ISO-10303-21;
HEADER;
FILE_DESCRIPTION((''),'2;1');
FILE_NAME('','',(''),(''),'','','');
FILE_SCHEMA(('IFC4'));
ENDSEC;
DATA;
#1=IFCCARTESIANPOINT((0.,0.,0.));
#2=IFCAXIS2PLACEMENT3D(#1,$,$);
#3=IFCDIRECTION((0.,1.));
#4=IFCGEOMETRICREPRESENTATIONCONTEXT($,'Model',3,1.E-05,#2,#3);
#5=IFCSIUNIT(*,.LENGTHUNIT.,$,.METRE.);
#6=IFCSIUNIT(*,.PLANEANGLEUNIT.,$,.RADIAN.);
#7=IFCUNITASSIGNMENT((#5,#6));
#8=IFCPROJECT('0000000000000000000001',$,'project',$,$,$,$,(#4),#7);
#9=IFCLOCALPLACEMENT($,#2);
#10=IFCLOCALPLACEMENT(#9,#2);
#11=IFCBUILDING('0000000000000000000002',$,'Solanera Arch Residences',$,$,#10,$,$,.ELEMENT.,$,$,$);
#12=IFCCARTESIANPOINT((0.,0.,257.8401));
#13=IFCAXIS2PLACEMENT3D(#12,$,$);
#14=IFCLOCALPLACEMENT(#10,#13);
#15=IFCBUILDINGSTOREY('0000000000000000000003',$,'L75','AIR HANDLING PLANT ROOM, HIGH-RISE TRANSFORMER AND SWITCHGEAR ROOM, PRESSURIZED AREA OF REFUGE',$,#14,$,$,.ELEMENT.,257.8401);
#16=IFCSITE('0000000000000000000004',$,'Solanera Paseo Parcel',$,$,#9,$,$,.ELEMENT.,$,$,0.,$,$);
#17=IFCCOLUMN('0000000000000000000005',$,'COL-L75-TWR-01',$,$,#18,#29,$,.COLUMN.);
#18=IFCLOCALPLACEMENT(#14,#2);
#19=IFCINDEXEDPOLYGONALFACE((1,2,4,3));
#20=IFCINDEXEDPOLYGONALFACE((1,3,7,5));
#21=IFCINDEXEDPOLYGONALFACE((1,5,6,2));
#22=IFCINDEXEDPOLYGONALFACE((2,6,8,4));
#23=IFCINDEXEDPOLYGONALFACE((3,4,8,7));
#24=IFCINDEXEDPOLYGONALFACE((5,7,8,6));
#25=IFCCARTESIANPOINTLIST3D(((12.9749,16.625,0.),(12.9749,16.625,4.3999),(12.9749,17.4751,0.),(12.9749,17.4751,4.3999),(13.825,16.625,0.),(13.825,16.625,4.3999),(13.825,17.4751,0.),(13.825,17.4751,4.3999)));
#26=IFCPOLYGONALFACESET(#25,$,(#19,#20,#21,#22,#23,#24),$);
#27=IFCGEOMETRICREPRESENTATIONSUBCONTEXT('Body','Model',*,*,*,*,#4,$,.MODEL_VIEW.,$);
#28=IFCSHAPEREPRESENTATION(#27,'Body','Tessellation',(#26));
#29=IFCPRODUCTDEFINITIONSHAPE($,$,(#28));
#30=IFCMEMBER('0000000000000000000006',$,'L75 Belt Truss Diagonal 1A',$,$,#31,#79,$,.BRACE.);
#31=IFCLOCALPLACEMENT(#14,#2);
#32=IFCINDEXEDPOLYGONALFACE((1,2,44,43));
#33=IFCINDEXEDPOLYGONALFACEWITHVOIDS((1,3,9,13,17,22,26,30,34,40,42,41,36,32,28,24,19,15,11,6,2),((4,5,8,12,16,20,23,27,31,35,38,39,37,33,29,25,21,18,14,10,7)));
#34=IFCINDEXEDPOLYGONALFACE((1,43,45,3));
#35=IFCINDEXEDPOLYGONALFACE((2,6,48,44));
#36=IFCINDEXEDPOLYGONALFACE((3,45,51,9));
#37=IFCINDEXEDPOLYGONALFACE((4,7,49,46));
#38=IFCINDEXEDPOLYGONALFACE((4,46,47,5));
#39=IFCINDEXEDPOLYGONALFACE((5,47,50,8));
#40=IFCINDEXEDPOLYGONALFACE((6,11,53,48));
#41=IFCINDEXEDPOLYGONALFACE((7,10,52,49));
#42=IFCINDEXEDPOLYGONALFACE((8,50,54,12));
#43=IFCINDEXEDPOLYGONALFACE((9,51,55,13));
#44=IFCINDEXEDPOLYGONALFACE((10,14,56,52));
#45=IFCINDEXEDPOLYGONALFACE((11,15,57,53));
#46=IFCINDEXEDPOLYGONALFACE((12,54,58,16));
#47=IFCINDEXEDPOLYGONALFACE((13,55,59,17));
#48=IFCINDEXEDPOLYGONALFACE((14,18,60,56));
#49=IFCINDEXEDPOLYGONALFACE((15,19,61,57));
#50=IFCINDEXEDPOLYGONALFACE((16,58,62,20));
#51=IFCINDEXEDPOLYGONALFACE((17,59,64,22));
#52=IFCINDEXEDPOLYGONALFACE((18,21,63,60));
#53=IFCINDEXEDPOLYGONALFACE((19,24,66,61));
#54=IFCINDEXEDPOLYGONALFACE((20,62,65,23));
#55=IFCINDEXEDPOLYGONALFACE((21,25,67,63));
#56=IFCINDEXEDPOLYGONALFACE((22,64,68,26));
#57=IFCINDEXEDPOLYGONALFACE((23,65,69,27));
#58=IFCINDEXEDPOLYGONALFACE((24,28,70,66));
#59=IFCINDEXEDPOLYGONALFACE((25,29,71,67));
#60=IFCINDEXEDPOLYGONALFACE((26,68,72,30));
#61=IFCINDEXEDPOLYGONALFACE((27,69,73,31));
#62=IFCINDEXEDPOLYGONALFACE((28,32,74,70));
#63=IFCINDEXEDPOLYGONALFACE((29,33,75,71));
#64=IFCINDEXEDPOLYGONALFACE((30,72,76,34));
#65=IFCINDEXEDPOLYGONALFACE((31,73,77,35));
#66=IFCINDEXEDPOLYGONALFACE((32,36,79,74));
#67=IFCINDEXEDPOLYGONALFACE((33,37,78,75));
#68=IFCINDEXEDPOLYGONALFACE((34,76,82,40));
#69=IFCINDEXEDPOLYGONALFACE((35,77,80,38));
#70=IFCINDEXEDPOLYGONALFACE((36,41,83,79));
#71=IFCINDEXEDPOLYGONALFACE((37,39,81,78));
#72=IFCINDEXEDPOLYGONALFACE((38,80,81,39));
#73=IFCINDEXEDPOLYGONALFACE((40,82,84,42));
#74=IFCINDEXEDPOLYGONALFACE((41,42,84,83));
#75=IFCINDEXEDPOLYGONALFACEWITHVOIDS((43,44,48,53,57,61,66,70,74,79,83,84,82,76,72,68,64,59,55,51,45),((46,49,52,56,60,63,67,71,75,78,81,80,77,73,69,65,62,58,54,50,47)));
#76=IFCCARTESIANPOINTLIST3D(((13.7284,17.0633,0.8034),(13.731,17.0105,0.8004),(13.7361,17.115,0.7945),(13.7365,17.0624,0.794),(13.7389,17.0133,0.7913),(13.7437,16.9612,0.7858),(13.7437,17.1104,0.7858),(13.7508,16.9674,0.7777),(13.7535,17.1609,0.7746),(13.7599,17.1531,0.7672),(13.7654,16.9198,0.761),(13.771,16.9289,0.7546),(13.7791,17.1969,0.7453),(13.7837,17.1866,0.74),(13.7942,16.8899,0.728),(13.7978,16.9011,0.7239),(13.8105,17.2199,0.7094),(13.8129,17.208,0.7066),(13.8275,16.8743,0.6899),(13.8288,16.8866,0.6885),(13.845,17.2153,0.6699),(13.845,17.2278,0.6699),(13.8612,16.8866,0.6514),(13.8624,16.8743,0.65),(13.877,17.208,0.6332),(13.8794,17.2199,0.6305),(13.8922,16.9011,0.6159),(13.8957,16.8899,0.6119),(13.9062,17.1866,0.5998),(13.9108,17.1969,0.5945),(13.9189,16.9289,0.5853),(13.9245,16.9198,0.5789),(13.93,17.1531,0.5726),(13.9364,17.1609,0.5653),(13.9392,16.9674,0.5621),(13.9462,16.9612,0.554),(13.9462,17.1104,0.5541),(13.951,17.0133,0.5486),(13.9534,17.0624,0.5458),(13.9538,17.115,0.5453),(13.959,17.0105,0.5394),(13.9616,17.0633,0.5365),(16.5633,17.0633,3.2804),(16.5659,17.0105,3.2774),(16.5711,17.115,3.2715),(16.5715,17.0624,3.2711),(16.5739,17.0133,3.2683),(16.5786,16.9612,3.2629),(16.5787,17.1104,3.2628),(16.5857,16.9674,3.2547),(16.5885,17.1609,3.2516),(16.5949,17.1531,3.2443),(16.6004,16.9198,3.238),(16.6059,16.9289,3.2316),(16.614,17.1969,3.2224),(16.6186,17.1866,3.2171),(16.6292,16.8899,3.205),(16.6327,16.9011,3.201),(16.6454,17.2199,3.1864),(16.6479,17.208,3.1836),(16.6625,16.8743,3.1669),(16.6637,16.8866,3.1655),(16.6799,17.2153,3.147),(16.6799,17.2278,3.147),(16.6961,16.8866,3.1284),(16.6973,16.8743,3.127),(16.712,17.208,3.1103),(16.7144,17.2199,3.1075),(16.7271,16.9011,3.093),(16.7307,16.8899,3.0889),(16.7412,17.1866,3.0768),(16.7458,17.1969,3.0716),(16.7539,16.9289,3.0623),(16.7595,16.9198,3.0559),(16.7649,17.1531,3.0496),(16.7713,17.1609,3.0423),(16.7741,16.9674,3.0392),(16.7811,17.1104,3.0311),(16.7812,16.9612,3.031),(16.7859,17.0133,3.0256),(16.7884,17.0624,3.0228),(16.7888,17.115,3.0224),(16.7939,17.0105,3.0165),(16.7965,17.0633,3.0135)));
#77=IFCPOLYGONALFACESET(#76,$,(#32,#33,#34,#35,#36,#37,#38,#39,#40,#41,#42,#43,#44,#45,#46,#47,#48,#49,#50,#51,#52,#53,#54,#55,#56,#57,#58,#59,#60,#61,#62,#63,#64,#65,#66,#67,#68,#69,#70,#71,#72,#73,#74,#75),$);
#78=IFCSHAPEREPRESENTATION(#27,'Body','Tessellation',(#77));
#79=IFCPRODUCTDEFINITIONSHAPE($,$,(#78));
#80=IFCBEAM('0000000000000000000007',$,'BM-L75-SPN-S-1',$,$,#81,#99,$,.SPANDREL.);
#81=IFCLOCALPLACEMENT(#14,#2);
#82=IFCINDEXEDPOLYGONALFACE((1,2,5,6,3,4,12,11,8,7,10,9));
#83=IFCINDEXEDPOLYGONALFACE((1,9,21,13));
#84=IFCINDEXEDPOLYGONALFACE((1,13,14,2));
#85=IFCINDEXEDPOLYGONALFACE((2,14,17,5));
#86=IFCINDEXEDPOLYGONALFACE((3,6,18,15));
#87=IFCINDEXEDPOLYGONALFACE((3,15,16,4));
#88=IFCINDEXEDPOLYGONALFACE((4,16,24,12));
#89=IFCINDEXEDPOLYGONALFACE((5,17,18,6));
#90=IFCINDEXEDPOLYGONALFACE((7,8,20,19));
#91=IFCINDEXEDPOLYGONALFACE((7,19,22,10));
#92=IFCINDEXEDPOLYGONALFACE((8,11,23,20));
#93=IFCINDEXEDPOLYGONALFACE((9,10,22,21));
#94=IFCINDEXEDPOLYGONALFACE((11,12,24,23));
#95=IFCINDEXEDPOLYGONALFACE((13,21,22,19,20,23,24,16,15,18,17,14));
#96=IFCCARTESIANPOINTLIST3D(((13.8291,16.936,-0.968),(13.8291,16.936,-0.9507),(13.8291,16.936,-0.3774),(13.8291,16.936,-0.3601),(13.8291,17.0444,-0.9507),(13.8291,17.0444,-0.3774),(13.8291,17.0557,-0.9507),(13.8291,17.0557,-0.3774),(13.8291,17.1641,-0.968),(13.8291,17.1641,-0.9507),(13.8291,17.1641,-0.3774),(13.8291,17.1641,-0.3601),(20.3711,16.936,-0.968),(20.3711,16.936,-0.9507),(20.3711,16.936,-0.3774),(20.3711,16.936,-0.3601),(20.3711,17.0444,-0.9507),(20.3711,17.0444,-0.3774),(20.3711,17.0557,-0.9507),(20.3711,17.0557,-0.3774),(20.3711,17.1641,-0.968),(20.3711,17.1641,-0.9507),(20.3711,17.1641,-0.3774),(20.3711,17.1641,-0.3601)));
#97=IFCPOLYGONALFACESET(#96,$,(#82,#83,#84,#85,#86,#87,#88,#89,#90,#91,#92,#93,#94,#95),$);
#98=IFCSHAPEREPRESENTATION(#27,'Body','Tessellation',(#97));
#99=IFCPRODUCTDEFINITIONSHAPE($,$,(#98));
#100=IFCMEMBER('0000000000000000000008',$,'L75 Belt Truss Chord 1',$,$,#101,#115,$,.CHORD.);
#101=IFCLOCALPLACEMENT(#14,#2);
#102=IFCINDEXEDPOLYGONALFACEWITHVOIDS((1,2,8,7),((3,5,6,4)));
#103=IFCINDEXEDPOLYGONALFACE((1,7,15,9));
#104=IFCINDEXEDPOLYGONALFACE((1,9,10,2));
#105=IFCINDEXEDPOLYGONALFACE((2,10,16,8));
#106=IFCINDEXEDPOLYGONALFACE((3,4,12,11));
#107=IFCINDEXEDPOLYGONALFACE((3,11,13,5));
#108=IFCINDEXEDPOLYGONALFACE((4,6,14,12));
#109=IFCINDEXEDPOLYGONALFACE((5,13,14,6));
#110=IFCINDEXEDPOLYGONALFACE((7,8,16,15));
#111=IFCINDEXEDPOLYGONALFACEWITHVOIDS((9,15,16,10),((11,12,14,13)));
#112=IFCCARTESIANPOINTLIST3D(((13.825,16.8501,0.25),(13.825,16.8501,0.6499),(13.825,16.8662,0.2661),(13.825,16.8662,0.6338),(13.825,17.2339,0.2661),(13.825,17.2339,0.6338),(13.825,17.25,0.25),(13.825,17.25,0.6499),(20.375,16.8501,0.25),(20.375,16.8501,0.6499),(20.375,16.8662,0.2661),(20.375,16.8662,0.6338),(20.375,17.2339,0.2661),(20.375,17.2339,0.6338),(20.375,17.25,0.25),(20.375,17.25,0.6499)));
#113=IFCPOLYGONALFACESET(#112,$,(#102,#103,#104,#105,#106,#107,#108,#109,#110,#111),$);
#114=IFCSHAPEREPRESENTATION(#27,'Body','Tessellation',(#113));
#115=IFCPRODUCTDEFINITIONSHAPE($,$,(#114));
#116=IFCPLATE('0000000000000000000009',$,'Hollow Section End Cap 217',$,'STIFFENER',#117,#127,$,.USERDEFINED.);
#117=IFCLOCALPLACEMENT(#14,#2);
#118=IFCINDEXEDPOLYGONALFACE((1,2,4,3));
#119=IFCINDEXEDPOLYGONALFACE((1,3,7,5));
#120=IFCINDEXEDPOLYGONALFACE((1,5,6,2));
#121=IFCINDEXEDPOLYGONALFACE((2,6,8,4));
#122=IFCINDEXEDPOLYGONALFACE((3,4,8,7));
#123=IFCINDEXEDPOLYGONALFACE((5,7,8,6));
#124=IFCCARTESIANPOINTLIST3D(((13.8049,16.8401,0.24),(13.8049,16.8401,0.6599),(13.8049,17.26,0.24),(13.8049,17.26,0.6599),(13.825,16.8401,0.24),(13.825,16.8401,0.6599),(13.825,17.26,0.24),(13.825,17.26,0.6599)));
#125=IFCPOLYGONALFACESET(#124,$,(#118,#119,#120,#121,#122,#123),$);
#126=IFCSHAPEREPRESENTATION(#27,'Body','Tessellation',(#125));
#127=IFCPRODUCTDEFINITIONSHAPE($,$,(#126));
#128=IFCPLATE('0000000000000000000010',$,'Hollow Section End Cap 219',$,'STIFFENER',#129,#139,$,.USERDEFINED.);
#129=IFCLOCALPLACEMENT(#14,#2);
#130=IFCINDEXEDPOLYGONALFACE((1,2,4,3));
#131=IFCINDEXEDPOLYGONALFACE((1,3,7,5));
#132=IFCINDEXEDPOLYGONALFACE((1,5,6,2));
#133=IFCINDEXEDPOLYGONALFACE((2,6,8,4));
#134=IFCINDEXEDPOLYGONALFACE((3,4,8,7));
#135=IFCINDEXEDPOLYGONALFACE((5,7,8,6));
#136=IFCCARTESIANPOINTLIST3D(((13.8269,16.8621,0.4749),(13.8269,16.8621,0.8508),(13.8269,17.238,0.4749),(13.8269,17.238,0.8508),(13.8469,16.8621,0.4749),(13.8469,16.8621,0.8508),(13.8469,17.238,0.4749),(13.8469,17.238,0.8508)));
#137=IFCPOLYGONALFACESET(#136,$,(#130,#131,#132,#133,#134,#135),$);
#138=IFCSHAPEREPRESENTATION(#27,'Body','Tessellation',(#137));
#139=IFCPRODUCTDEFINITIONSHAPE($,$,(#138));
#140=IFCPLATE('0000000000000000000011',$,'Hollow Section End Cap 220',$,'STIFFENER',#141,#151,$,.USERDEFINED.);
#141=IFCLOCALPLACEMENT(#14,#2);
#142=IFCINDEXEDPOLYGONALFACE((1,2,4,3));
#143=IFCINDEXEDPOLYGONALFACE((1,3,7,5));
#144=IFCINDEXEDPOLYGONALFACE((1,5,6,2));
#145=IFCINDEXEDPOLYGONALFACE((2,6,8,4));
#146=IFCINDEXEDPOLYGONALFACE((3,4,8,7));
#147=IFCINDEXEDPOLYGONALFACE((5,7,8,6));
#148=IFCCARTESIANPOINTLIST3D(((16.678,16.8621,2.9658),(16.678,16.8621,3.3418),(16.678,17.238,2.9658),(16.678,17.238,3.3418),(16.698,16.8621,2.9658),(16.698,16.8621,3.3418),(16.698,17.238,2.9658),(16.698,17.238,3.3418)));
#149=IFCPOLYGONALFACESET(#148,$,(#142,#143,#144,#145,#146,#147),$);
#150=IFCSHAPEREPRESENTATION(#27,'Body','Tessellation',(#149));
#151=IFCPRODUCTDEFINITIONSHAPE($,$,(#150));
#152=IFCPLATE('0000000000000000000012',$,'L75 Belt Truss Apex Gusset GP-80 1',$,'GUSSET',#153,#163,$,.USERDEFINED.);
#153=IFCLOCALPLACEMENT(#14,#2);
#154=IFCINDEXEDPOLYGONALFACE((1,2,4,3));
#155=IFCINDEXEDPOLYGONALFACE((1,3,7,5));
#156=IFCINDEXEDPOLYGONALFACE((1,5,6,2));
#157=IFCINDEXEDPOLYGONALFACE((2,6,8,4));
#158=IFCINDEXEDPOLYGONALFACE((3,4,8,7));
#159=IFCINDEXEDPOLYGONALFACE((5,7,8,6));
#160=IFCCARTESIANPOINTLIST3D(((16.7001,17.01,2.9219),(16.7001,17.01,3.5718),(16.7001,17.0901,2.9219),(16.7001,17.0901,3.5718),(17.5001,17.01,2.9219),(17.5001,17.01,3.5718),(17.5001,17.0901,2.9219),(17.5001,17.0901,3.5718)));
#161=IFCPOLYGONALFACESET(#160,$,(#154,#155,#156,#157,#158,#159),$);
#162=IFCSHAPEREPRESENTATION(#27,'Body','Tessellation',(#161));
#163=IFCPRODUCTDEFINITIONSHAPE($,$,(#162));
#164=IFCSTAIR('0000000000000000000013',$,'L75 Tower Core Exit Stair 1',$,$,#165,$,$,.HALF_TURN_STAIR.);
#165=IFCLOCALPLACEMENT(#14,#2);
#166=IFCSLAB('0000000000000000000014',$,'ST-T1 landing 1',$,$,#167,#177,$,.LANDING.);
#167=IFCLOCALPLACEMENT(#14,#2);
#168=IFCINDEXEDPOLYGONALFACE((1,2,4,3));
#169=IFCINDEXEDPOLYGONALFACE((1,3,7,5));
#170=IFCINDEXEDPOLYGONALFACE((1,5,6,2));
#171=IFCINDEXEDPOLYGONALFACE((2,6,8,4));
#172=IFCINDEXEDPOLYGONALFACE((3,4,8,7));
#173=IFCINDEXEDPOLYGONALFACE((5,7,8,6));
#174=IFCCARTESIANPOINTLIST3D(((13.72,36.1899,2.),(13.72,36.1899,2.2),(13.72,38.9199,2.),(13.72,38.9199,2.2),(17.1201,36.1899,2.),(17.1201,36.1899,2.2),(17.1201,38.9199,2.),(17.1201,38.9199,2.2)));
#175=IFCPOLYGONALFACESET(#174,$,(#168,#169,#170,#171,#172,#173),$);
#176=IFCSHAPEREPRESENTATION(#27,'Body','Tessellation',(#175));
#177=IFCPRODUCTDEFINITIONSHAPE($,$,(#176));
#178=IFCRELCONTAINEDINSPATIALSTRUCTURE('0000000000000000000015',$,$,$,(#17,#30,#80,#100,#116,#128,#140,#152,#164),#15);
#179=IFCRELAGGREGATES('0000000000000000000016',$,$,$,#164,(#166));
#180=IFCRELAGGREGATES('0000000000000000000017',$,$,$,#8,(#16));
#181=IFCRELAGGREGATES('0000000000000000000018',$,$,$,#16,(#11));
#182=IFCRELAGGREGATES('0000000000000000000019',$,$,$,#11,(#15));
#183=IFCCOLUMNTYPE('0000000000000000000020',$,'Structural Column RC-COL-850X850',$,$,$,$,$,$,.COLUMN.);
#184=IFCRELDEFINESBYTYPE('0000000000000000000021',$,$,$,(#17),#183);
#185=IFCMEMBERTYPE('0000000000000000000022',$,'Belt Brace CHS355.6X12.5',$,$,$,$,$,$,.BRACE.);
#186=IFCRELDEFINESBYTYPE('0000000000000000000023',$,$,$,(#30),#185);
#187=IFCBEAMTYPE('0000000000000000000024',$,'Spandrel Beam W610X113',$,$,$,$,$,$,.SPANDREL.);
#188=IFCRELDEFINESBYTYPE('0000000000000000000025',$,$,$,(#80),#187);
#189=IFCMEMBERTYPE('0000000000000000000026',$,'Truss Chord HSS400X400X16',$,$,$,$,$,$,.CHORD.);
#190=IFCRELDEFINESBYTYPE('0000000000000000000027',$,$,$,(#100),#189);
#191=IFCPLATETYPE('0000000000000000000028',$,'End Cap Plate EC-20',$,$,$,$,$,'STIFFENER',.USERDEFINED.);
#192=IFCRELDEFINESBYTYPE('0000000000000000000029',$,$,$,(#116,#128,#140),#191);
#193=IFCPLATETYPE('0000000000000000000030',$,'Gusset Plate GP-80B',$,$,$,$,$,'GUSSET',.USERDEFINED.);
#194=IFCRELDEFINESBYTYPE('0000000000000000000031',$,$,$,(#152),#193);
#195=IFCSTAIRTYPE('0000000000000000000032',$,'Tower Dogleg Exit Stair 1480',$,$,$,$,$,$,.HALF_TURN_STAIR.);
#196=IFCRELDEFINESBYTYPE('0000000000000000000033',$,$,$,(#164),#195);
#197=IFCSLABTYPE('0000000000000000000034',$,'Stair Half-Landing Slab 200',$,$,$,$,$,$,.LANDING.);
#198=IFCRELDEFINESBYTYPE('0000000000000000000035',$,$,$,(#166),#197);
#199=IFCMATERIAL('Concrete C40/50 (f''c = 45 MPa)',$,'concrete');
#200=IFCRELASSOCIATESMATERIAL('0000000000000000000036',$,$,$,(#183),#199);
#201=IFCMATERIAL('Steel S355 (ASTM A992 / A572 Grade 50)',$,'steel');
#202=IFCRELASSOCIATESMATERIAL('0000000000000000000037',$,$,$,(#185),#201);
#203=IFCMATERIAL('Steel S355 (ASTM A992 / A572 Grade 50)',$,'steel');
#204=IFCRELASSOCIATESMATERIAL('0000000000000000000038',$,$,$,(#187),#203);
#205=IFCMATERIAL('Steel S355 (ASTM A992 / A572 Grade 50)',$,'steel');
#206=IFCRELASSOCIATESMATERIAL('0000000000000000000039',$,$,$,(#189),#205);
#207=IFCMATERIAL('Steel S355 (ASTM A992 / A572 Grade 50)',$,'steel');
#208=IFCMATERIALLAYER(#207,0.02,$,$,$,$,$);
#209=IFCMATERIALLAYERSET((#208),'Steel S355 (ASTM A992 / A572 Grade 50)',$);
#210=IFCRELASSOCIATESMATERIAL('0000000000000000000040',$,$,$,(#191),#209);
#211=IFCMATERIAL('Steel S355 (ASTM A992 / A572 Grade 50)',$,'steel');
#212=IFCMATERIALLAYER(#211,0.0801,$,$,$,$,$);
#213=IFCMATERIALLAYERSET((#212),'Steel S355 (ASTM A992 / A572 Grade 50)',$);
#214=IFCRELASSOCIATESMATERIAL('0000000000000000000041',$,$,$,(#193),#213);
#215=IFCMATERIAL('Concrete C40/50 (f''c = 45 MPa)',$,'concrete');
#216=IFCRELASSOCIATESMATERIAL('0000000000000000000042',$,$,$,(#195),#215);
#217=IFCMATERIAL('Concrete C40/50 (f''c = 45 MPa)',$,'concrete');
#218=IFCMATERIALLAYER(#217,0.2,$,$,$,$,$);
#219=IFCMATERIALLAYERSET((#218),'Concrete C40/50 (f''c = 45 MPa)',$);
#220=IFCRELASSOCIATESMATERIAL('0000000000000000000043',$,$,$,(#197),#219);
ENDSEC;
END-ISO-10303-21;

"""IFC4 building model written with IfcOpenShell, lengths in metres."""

from ifc_helpers import new_model, si_unit, direction, frame, origin, origin_2d, place, context, subcontext, project, spatial, polyline, rectangle, hollow_rectangle, hollow_circle, i_section, outline, extrude, material, layer, layer_set, material_profile, profile_set, type_object, element, aggregate, save


model = new_model("IFC4")

# Units and contexts
model_context = context("Model", 3, precision=1e-05, world=origin(), true_north=direction((0.0, 1.0)))
body_context = subcontext(model_context, "Body", "Model", "MODEL_VIEW")
ifc_project = project(units=[si_unit("LENGTHUNIT", "METRE"), si_unit("PLANEANGLEUNIT", "RADIAN")], contexts=[model_context])

# Site, building, storey
site_placement = place(None, origin())
site = spatial("IfcSite", under=ifc_project, at=site_placement, Name="Solanera Paseo Parcel", CompositionType="ELEMENT", RefElevation=0.0)
building_placement = place(site_placement, origin())
building = spatial("IfcBuilding", under=site, at=building_placement, Name="Solanera Arch Residences", CompositionType="ELEMENT")
storey_placement = place(building_placement, frame((0.0, 0.0, 257.8401)))
storey = spatial("IfcBuildingStorey", under=building, at=storey_placement, Name="L75", Description="AIR HANDLING PLANT ROOM, HIGH-RISE TRANSFORMER AND SWITCHGEAR ROOM, PRESSURIZED AREA OF REFUGE", CompositionType="ELEMENT", Elevation=257.8401)

# Column
ifc_material_1 = material(Name="Concrete C40/50 (f'c = 45 MPa)", Category="concrete")
ifc_material_profile_1 = material_profile(ifc_material_1, rectangle(XDim=0.8501, YDim=0.8501, at=origin_2d()))
ifc_profile_set_1 = profile_set([ifc_material_profile_1], Name="Concrete C40/50 (f'c = 45 MPa)")
column_type = type_object("IfcColumnType", Name="Structural Column RC-COL-850X850", PredefinedType="COLUMN", material=ifc_profile_set_1)
column_placement = place(storey_placement, frame((13.3999, 17.05, 0.0), z_axis=(0.0, 0.0, 1.0), x_axis=(1.0, 0.0, 0.0)))
element("IfcColumn", 1, at=column_placement, inside=storey, type_object=column_type, Name="COL-L75-TWR-01", PredefinedType="COLUMN", context=body_context, shape_type="SweptSolid", body=[
    extrude(rectangle(XDim=0.8501, YDim=0.8501, at=origin_2d()), origin(), (0.0, 0.0, 1.0), 4.3999),
])

# Member
ifc_material_2 = material(Name="Steel S355 (ASTM A992 / A572 Grade 50)", Category="steel")
ifc_material_profile_2 = material_profile(ifc_material_2, hollow_circle(Radius=0.1777, WallThickness=0.0125, at=origin_2d()))
ifc_profile_set_2 = profile_set([ifc_material_profile_2], Name="Steel S355 (ASTM A992 / A572 Grade 50)")
member_type_1 = type_object("IfcMemberType", Name="Belt Brace CHS355.6X12.5", PredefinedType="BRACE", material=ifc_profile_set_2)
member_1_placement = place(storey_placement, frame((13.845, 17.05, 0.6699), z_axis=(0.753043, 0.0, 0.657972), x_axis=(0.0, 1.0, 0.0)))
element("IfcMember", 2, at=member_1_placement, inside=storey, type_object=member_type_1, Name="L75 Belt Truss Diagonal 1A", PredefinedType="BRACE", context=body_context, shape_type="SweptSolid", body=[
    extrude(hollow_circle(Radius=0.1777, WallThickness=0.0125, at=origin_2d()), origin(), (0.0, 0.0, 1.0), 3.7646),
])

# Beam
ifc_material_3 = material(Name="Steel S355 (ASTM A992 / A572 Grade 50)", Category="steel")
ifc_material_profile_3 = material_profile(ifc_material_3, i_section(OverallWidth=0.228, OverallDepth=0.6079, WebThickness=0.0112, FlangeThickness=0.0173, at=origin_2d()))
ifc_profile_set_3 = profile_set([ifc_material_profile_3], Name="Steel S355 (ASTM A992 / A572 Grade 50)")
beam_type = type_object("IfcBeamType", Name="Spandrel Beam W610X113", PredefinedType="SPANDREL", material=ifc_profile_set_3)
beam_placement = place(storey_placement, frame((13.8291, 17.05, -0.6641), z_axis=(1.0, 0.0, 0.0), x_axis=(0.0, 1.0, 0.0)))
element("IfcBeam", 3, at=beam_placement, inside=storey, type_object=beam_type, Name="BM-L75-SPN-S-1", PredefinedType="SPANDREL", context=body_context, shape_type="SweptSolid", body=[
    extrude(i_section(OverallWidth=0.228, OverallDepth=0.6079, WebThickness=0.0112, FlangeThickness=0.0173, at=origin_2d()), origin(), (0.0, 0.0, 1.0), 6.542),
])

# Member
ifc_material_4 = material(Name="Steel S355 (ASTM A992 / A572 Grade 50)", Category="steel")
ifc_material_profile_4 = material_profile(ifc_material_4, hollow_rectangle(XDim=0.3999, YDim=0.3999, WallThickness=0.0161, at=origin_2d()))
ifc_profile_set_4 = profile_set([ifc_material_profile_4], Name="Steel S355 (ASTM A992 / A572 Grade 50)")
member_type_2 = type_object("IfcMemberType", Name="Truss Chord HSS400X400X16", PredefinedType="CHORD", material=ifc_profile_set_4)
member_2_placement = place(storey_placement, frame((13.825, 17.05, 0.45), z_axis=(1.0, 0.0, 0.0), x_axis=(0.0, 1.0, 0.0)))
element("IfcMember", 4, at=member_2_placement, inside=storey, type_object=member_type_2, Name="L75 Belt Truss Chord 1", PredefinedType="CHORD", context=body_context, shape_type="SweptSolid", body=[
    extrude(hollow_rectangle(XDim=0.3999, YDim=0.3999, WallThickness=0.0161, at=origin_2d()), origin(), (0.0, 0.0, 1.0), 6.55),
])

# Plates
ifc_material_5 = material(Name="Steel S355 (ASTM A992 / A572 Grade 50)", Category="steel")
ifc_layer_1 = layer(ifc_material_5, 0.02)
ifc_layer_set_1 = layer_set([ifc_layer_1], Name="Steel S355 (ASTM A992 / A572 Grade 50)")
plate_type_1 = type_object("IfcPlateType", Name="End Cap Plate EC-20", ElementType="STIFFENER", PredefinedType="USERDEFINED", material=ifc_layer_set_1)
plate_1_placement = place(storey_placement, frame((13.8149, 17.05, 0.24), z_axis=(0.0, 0.0, 1.0), x_axis=(-1.0, 0.0, 0.0)))
element("IfcPlate", 5, at=plate_1_placement, inside=storey, type_object=plate_type_1, Name="Hollow Section End Cap 217", ObjectType="STIFFENER", PredefinedType="USERDEFINED", context=body_context, shape_type="SweptSolid", body=[
    extrude(rectangle(XDim=0.02, YDim=0.4199, at=origin_2d()), origin(), (0.0, 0.0, 1.0), 0.4199),
])
for number, where, z_axis, x_axis, name in (
    (6, (13.8369, 17.05, 0.4749), (0.0, 0.0, 1.0), (-1.0, 0.0, 0.0), "Hollow Section End Cap 219"),
    (7, (16.688, 17.05, 2.9658), (0.0, 0.0, 1.0), (1.0, 0.0, 0.0), "Hollow Section End Cap 220"),
):
    element("IfcPlate", number, at=place(storey_placement, frame(where, z_axis=z_axis, x_axis=x_axis)), inside=storey, type_object=plate_type_1, Name=name, ObjectType="STIFFENER", PredefinedType="USERDEFINED", context=body_context, shape_type="SweptSolid", body=[
        extrude(rectangle(XDim=0.02, YDim=0.376, at=origin_2d()), origin(), (0.0, 0.0, 1.0), 0.376),
    ])
ifc_material_6 = material(Name="Steel S355 (ASTM A992 / A572 Grade 50)", Category="steel")
ifc_layer_2 = layer(ifc_material_6, 0.0801)
ifc_layer_set_2 = layer_set([ifc_layer_2], Name="Steel S355 (ASTM A992 / A572 Grade 50)")
plate_type_2 = type_object("IfcPlateType", Name="Gusset Plate GP-80B", ElementType="GUSSET", PredefinedType="USERDEFINED", material=ifc_layer_set_2)
plate_2_placement = place(storey_placement, frame((17.1001, 17.05, 2.9219), z_axis=(0.0, 0.0, 1.0), x_axis=(1.0, 0.0, 0.0)))
element("IfcPlate", 8, at=plate_2_placement, inside=storey, type_object=plate_type_2, Name="L75 Belt Truss Apex Gusset GP-80 1", ObjectType="GUSSET", PredefinedType="USERDEFINED", context=body_context, shape_type="SweptSolid", body=[
    extrude(rectangle(XDim=0.8, YDim=0.0801, at=origin_2d()), origin(), (0.0, 0.0, 1.0), 0.6499),
])

# Stair, slab
ifc_material_7 = material(Name="Concrete C40/50 (f'c = 45 MPa)", Category="concrete")
stair_type = type_object("IfcStairType", Name="Tower Dogleg Exit Stair 1480", PredefinedType="HALF_TURN_STAIR", material=ifc_material_7)
stair_1_placement = place(storey_placement, origin())
stair_1 = element("IfcStair", 9, at=stair_1_placement, inside=storey, type_object=stair_type, Name="L75 Tower Core Exit Stair 1", PredefinedType="HALF_TURN_STAIR")
ifc_material_8 = material(Name="Concrete C40/50 (f'c = 45 MPa)", Category="concrete")
ifc_layer_3 = layer(ifc_material_8, 0.2)
ifc_layer_set_3 = layer_set([ifc_layer_3], Name="Concrete C40/50 (f'c = 45 MPa)")
slab_type_1 = type_object("IfcSlabType", Name="Stair Half-Landing Slab 200", PredefinedType="LANDING", material=ifc_layer_set_3)
slab_1_placement = place(storey_placement, frame((0.0, 0.0, 2.0)))
slab_1 = element("IfcSlab", 10, at=slab_1_placement, type_object=slab_type_1, Name="ST-T1 landing 1", PredefinedType="LANDING", context=body_context, shape_type="SweptSolid", body=[
    extrude(outline(polyline([(17.1201, 36.1899), (17.1201, 38.9199), (13.72, 38.9199), (13.72, 36.1899), (17.1201, 36.1899)])), origin(), (0.0, 0.0, 1.0), 0.2),
])
aggregate(stair_1, [slab_1])

save(model, "model.ifc")
